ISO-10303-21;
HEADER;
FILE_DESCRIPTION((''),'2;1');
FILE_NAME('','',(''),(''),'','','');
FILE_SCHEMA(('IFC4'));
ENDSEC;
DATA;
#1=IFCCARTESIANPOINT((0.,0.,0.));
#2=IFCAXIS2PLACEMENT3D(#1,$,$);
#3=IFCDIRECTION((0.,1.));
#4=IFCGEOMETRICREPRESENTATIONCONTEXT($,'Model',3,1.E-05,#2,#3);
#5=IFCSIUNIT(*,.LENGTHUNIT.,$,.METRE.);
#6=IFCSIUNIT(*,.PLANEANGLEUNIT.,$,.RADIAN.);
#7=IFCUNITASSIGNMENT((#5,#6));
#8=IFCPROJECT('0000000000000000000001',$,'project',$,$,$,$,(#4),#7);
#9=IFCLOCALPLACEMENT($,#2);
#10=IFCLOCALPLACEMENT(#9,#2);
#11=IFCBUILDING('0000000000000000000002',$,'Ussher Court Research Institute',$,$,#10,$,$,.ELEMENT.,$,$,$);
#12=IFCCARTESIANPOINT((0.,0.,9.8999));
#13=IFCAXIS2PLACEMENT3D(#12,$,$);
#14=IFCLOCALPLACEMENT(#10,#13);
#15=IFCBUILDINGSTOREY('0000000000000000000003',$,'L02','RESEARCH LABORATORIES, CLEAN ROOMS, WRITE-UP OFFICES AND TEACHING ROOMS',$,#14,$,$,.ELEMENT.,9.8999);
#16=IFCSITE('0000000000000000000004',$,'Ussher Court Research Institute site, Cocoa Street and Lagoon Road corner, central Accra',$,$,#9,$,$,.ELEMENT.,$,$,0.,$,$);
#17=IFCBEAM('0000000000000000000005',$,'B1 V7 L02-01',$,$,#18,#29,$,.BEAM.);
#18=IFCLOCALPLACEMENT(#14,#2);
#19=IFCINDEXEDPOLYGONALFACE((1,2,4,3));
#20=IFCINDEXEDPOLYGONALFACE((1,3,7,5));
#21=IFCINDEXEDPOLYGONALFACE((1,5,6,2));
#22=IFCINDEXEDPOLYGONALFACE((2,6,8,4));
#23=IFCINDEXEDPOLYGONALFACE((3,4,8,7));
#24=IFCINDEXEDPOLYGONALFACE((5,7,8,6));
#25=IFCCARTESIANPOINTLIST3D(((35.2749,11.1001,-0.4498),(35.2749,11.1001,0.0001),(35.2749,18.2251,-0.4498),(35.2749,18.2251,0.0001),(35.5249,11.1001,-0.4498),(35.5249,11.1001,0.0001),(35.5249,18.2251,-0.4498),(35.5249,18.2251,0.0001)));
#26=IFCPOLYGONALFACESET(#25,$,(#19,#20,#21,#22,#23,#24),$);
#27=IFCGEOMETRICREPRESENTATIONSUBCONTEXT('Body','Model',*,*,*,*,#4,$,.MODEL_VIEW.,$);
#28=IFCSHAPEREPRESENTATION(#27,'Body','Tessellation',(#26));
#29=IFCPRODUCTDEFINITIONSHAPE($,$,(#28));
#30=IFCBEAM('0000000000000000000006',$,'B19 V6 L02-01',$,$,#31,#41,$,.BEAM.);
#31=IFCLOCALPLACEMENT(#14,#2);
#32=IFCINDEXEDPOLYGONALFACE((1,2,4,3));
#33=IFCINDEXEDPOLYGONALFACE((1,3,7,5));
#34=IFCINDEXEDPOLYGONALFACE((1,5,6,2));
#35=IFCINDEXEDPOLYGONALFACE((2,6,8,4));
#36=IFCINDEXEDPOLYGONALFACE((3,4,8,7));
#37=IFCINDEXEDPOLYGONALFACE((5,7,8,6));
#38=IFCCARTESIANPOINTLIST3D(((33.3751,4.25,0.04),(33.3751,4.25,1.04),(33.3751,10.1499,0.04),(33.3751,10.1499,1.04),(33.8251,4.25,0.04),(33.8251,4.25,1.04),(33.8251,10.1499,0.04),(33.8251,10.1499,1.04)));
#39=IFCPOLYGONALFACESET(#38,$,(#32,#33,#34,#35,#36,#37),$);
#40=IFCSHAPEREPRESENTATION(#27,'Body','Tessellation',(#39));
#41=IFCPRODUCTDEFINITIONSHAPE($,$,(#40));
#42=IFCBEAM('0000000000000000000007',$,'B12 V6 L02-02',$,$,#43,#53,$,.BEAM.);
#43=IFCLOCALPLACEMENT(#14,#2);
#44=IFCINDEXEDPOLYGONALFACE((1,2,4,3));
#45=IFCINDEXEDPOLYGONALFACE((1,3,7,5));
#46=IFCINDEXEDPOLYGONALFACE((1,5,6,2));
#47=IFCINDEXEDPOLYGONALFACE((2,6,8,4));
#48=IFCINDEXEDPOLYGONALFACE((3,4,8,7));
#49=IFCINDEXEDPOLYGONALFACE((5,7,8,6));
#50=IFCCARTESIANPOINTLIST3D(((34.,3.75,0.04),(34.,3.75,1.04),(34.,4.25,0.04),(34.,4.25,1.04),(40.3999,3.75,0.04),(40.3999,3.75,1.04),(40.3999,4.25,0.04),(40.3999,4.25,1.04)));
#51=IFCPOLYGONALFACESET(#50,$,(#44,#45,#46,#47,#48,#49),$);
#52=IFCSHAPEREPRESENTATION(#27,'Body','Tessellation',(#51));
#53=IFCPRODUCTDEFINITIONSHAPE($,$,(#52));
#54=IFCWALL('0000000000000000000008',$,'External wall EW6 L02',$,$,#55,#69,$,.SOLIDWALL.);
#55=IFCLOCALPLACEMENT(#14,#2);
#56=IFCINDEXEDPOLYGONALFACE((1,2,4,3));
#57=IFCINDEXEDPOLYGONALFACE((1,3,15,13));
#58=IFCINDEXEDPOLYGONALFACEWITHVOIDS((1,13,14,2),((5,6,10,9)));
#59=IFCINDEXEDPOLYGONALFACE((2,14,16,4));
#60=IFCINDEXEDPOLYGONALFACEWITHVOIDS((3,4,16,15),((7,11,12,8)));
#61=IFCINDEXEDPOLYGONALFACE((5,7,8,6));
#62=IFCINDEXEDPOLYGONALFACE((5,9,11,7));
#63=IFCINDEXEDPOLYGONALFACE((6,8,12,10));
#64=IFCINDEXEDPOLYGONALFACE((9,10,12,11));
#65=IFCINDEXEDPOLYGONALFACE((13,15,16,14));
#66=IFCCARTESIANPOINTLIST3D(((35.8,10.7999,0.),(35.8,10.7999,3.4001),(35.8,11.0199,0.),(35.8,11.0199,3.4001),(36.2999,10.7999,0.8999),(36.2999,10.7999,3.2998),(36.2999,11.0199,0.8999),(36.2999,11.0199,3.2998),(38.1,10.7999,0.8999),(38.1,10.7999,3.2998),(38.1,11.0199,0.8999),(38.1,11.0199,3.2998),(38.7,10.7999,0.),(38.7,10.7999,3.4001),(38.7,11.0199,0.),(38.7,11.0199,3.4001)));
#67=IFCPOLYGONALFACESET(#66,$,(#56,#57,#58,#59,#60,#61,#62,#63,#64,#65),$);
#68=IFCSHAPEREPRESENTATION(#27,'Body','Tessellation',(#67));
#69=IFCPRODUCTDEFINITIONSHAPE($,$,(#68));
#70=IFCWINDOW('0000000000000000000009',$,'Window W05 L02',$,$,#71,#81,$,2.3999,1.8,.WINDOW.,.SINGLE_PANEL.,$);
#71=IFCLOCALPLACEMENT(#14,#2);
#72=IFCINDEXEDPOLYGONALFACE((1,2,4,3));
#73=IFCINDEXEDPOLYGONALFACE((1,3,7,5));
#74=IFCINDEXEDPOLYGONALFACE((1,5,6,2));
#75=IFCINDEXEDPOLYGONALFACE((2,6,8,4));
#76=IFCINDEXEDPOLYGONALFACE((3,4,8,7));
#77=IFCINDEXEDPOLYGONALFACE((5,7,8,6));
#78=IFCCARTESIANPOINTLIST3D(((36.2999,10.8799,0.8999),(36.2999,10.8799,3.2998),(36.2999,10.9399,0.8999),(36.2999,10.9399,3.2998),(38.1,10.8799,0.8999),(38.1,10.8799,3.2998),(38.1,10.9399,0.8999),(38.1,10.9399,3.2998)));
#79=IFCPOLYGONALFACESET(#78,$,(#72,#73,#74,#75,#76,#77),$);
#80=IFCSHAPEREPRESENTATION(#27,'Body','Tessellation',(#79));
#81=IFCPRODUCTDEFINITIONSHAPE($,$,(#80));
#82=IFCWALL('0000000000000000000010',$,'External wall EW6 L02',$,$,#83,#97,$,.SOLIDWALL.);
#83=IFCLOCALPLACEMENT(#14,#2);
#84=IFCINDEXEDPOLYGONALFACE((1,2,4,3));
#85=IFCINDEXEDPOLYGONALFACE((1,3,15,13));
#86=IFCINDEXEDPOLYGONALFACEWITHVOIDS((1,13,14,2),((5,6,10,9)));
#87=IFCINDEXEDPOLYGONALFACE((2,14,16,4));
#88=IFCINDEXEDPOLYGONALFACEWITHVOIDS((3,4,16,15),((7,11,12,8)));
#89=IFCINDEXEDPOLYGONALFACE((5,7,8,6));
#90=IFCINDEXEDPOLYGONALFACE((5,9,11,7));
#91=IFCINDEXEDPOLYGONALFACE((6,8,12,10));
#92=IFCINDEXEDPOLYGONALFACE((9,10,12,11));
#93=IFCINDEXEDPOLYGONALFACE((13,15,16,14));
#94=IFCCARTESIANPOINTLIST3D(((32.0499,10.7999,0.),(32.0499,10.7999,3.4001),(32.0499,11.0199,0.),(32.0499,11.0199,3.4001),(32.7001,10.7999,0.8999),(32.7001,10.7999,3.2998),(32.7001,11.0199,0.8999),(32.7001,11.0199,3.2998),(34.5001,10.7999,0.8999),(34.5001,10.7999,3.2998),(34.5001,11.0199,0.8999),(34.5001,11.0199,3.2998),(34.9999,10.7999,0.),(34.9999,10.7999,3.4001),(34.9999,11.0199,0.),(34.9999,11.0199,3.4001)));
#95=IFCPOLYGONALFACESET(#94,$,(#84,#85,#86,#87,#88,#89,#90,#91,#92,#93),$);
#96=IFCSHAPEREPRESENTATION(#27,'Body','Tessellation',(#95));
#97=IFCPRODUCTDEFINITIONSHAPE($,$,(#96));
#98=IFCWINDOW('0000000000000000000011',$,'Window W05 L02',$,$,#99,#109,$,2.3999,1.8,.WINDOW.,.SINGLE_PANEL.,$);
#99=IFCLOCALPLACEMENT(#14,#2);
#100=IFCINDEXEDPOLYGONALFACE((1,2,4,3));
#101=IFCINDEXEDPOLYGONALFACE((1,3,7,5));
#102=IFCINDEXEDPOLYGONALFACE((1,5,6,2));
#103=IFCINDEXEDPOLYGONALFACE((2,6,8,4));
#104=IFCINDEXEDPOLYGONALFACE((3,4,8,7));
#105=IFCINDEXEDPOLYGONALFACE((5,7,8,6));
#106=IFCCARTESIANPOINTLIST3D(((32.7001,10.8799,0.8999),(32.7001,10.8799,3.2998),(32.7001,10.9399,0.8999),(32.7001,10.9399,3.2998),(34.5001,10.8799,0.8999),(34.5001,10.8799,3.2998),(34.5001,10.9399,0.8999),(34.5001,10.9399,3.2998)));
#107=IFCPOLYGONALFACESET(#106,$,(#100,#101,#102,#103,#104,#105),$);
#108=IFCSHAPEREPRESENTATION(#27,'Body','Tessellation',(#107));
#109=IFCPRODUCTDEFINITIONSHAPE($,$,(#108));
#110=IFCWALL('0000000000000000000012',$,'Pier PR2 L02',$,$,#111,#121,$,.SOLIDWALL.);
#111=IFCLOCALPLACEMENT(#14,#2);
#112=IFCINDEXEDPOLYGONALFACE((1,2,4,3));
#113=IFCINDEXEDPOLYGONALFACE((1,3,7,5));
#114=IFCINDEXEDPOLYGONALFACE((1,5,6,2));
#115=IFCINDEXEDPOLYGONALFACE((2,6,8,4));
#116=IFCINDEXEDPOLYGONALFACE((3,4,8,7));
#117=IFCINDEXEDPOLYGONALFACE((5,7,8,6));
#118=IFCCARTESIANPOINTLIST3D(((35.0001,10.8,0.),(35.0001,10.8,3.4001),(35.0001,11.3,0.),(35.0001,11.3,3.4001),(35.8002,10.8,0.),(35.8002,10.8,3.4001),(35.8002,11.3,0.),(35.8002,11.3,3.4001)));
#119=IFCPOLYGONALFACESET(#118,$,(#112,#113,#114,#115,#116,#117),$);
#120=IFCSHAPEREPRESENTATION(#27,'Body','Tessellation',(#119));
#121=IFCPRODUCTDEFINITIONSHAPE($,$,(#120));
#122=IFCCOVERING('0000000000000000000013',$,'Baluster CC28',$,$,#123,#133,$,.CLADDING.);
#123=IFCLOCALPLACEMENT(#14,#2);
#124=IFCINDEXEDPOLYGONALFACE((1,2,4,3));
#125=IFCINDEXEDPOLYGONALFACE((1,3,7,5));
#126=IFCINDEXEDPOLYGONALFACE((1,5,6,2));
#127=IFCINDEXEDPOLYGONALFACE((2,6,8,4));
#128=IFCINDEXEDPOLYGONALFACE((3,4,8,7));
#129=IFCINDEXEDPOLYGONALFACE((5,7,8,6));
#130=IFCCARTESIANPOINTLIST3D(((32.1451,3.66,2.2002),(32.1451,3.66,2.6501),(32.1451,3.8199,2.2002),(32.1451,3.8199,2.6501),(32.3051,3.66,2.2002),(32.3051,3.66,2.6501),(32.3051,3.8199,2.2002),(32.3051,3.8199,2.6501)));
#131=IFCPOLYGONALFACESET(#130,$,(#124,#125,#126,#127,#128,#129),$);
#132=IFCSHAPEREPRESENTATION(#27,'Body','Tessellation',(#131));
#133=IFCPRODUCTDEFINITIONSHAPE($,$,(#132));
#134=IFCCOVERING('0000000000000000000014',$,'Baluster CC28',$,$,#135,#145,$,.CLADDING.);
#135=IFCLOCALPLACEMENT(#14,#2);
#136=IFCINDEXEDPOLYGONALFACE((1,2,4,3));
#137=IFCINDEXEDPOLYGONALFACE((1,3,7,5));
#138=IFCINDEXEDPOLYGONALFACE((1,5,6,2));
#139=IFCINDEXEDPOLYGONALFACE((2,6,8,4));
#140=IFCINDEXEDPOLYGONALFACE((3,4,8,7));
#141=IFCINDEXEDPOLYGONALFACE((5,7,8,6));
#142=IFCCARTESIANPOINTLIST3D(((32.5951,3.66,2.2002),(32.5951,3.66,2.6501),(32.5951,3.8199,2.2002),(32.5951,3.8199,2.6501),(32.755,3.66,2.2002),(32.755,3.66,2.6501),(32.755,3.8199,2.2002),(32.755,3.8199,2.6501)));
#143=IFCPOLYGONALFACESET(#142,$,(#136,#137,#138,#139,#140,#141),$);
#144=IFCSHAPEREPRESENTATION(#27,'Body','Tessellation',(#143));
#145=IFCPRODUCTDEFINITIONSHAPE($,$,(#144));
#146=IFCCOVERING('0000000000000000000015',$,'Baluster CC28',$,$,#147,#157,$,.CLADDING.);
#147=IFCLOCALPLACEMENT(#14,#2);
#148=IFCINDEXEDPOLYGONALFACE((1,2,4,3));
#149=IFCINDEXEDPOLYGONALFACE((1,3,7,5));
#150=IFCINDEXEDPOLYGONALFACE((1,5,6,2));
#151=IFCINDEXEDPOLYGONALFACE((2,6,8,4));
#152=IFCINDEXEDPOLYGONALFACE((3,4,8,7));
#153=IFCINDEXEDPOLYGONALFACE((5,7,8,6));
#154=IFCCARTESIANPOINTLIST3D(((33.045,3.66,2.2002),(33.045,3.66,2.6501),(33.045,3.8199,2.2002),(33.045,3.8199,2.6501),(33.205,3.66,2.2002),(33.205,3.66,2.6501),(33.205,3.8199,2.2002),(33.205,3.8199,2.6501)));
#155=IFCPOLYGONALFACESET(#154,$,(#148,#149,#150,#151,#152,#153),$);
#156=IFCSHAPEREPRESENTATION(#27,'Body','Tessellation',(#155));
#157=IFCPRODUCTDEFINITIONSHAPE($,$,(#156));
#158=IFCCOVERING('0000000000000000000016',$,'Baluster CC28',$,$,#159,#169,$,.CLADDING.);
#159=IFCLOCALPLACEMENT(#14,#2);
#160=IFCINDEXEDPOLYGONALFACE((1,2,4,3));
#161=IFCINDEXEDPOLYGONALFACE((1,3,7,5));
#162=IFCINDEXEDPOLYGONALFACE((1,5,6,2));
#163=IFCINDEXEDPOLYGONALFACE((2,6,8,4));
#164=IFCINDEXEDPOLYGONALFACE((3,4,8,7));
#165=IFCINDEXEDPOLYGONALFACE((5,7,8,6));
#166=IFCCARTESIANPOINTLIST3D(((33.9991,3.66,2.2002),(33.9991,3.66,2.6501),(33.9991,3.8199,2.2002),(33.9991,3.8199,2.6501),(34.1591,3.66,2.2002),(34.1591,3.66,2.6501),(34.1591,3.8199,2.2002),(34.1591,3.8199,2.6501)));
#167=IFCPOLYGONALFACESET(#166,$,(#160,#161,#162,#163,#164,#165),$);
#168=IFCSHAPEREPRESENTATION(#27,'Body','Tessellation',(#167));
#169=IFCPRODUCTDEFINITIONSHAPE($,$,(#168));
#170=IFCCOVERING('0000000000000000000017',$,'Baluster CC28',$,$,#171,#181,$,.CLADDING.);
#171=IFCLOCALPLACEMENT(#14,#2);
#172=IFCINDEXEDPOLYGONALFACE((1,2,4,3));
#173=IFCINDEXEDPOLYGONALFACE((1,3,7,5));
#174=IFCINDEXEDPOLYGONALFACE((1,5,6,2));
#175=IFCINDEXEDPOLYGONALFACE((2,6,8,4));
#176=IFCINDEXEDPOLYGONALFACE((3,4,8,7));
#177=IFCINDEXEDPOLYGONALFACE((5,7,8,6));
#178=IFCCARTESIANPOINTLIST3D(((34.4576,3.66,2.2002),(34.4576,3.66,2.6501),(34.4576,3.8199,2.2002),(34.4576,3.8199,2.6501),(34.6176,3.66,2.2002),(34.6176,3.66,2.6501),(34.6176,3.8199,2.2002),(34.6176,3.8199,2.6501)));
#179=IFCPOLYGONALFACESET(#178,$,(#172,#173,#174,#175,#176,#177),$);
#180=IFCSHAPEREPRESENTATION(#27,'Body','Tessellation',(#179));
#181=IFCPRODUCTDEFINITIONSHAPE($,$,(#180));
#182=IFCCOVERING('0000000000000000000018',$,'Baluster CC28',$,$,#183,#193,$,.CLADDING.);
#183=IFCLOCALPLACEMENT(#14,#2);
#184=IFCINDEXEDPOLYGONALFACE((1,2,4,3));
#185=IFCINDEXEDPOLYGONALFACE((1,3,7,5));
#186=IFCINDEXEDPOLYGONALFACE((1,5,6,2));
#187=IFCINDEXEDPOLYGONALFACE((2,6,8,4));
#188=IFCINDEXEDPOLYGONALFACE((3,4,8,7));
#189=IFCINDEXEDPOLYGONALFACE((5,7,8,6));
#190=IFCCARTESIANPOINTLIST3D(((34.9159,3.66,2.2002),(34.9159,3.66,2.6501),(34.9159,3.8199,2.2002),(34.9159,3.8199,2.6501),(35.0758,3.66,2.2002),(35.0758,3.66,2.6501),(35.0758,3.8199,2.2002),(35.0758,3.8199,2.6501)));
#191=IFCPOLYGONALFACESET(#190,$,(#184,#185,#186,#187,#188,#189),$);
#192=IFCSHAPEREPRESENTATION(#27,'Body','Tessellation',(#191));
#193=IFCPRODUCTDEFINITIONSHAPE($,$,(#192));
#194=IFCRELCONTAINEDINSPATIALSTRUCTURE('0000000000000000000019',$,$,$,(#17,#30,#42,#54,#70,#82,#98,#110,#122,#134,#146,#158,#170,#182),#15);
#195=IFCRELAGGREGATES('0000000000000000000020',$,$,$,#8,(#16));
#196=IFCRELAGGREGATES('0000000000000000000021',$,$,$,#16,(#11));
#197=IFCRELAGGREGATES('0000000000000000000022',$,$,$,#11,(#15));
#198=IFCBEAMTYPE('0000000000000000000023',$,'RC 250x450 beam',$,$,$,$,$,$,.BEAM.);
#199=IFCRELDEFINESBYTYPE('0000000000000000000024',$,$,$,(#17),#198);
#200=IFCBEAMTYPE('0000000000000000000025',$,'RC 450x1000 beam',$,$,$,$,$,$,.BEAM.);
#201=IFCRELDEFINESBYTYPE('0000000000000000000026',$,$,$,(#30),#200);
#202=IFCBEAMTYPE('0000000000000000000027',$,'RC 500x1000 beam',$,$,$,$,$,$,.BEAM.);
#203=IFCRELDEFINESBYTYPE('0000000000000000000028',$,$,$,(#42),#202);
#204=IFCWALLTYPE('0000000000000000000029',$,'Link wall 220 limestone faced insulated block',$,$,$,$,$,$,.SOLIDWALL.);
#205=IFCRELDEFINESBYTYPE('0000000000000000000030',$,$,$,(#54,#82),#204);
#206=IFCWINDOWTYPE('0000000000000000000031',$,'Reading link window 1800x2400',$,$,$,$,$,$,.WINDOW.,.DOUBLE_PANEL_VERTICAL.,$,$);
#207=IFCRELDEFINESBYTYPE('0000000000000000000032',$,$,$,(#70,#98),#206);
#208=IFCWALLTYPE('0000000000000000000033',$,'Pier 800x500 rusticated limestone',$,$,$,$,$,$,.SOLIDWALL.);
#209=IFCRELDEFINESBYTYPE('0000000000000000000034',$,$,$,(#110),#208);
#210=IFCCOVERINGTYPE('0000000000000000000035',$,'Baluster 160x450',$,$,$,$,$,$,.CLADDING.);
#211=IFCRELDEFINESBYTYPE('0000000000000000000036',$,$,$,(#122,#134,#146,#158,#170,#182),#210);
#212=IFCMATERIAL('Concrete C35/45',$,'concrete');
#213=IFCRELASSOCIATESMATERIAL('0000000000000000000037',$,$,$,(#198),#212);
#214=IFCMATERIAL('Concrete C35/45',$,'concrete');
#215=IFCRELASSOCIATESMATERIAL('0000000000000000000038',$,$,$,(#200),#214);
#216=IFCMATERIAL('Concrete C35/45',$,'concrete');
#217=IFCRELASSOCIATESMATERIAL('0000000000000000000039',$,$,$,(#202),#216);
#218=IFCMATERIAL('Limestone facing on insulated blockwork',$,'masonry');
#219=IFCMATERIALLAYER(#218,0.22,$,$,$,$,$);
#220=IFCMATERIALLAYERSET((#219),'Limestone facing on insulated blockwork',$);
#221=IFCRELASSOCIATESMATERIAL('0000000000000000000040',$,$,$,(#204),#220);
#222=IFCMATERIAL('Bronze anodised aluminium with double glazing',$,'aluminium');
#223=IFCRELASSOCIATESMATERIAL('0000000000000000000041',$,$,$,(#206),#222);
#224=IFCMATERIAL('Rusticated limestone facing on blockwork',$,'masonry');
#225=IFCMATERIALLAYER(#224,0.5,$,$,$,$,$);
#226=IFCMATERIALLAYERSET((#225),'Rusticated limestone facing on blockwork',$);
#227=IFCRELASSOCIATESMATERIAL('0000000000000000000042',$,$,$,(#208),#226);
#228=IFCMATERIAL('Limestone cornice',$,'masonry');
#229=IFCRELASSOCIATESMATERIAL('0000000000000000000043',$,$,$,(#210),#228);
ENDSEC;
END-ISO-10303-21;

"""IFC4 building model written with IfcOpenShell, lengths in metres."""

from ifc_helpers import new_model, si_unit, direction, frame, frame_2d, origin, origin_2d, place, context, subcontext, project, spatial, rectangle, extrude, material, layer, layer_set, material_profile, profile_set, type_object, element, fill, save


model = new_model("IFC4")

# Units and contexts
model_context = context("Model", 3, precision=1e-05, world=origin(), true_north=direction((0.0, 1.0)))
body_context = subcontext(model_context, "Body", "Model", "MODEL_VIEW")
ifc_project = project(units=[si_unit("LENGTHUNIT", "METRE"), si_unit("PLANEANGLEUNIT", "RADIAN")], contexts=[model_context])

# Site, building, storey
site_placement = place(None, origin())
site = spatial("IfcSite", under=ifc_project, at=site_placement, Name="Ussher Court Research Institute site, Cocoa Street and Lagoon Road corner, central Accra", CompositionType="ELEMENT", RefElevation=0.0)
building_placement = place(site_placement, origin())
building = spatial("IfcBuilding", under=site, at=building_placement, Name="Ussher Court Research Institute", CompositionType="ELEMENT")
storey_placement = place(building_placement, frame((0.0, 0.0, 9.8999)))
storey = spatial("IfcBuildingStorey", under=building, at=storey_placement, Name="L02", Description="RESEARCH LABORATORIES, CLEAN ROOMS, WRITE-UP OFFICES AND TEACHING ROOMS", CompositionType="ELEMENT", Elevation=9.8999)

# Beams
ifc_material_1 = material(Name="Concrete C35/45", Category="concrete")
ifc_material_profile_1 = material_profile(ifc_material_1, rectangle(XDim=0.25, YDim=0.45, at=origin_2d()), Name="RC 250x450")
ifc_profile_set_1 = profile_set([ifc_material_profile_1], Name="Concrete C35/45")
beam_type_1 = type_object("IfcBeamType", Name="RC 250x450 beam", PredefinedType="BEAM", material=ifc_profile_set_1)
beam_1_placement = place(storey_placement, frame((35.3999, 11.1001, -0.2249), z_axis=(0.0, 1.0, 0.0), x_axis=(-1.0, 0.0, 0.0)))
element("IfcBeam", 1, at=beam_1_placement, inside=storey, type_object=beam_type_1, Name="B1 V7 L02-01", PredefinedType="BEAM", context=body_context, shape_type="SweptSolid", body=[
    extrude(rectangle(XDim=0.25, YDim=0.45, at=origin_2d()), origin(), (0.0, 0.0, 1.0), 7.125),
])
ifc_material_2 = material(Name="Concrete C35/45", Category="concrete")
ifc_material_profile_2 = material_profile(ifc_material_2, rectangle(XDim=0.45, YDim=1.0, at=origin_2d()), Name="RC 450x1000")
ifc_profile_set_2 = profile_set([ifc_material_profile_2], Name="Concrete C35/45")
beam_type_2 = type_object("IfcBeamType", Name="RC 450x1000 beam", PredefinedType="BEAM", material=ifc_profile_set_2)
beam_2_placement = place(storey_placement, frame((33.6001, 4.25, 0.54), z_axis=(0.0, 1.0, 0.0), x_axis=(-1.0, 0.0, 0.0)))
element("IfcBeam", 2, at=beam_2_placement, inside=storey, type_object=beam_type_2, Name="B19 V6 L02-01", PredefinedType="BEAM", context=body_context, shape_type="SweptSolid", body=[
    extrude(rectangle(XDim=0.45, YDim=1.0, at=origin_2d()), origin(), (0.0, 0.0, 1.0), 5.8999),
])
ifc_material_3 = material(Name="Concrete C35/45", Category="concrete")
ifc_material_profile_3 = material_profile(ifc_material_3, rectangle(XDim=0.5, YDim=1.0, at=origin_2d()), Name="RC 500x1000")
ifc_profile_set_3 = profile_set([ifc_material_profile_3], Name="Concrete C35/45")
beam_type_3 = type_object("IfcBeamType", Name="RC 500x1000 beam", PredefinedType="BEAM", material=ifc_profile_set_3)
beam_3_placement = place(storey_placement, frame((34.0, 4.0, 0.54), z_axis=(1.0, 0.0, 0.0), x_axis=(0.0, 1.0, 0.0)))
element("IfcBeam", 3, at=beam_3_placement, inside=storey, type_object=beam_type_3, Name="B12 V6 L02-02", PredefinedType="BEAM", context=body_context, shape_type="SweptSolid", body=[
    extrude(rectangle(XDim=0.5, YDim=1.0, at=origin_2d()), origin(), (0.0, 0.0, 1.0), 6.3999),
])

# Walls, openings, windows
ifc_material_4 = material(Name="Limestone facing on insulated blockwork", Category="masonry")
ifc_layer_1 = layer(ifc_material_4, 0.22)
ifc_layer_set_1 = layer_set([ifc_layer_1], Name="Limestone facing on insulated blockwork")
wall_type_1 = type_object("IfcWallType", Name="Link wall 220 limestone faced insulated block", PredefinedType="SOLIDWALL", material=ifc_layer_set_1)
wall_1_placement = place(storey_placement, frame((38.7, 10.9099, 0.0), z_axis=(0.0, 0.0, 1.0), x_axis=(-1.0, 0.0, 0.0)))
wall_1 = element("IfcWall", 4, at=wall_1_placement, inside=storey, type_object=wall_type_1, Name="External wall EW6 L02", PredefinedType="SOLIDWALL", context=body_context, shape_type="SweptSolid", body=[
    extrude(rectangle(XDim=2.8999, YDim=0.22, at=frame_2d((1.45, 0.0))), origin(), (0.0, 0.0, 1.0), 3.4001),
])
opening_1_placement = place(wall_1_placement, frame((0.6001, 0.0, 0.8999)))
opening_1 = element("IfcOpeningElement", 5, at=opening_1_placement, cuts=wall_1, PredefinedType="OPENING", context=body_context, shape_type="SweptSolid", body=[
    extrude(rectangle(XDim=1.8, YDim=2.3999, at=frame_2d((0.8999, 1.2))), frame((0.0, 0.1201, 0.0), z_axis=(0.0, -1.0, 0.0), x_axis=(1.0, 0.0, 0.0)), (0.0, 0.0, 1.0), 0.24),
])
ifc_material_5 = material(Name="Bronze anodised aluminium with double glazing", Category="aluminium")
window_type = type_object("IfcWindowType", Name="Reading link window 1800x2400", PartitioningType="DOUBLE_PANEL_VERTICAL", PredefinedType="WINDOW", material=ifc_material_5)
window_1_placement = place(opening_1_placement, origin())
window_1 = element("IfcWindow", 6, at=window_1_placement, inside=storey, type_object=window_type, Name="Window W05 L02", OverallHeight=2.3999, OverallWidth=1.8, PartitioningType="SINGLE_PANEL", PredefinedType="WINDOW", context=body_context, shape_type="SweptSolid", body=[
    extrude(rectangle(XDim=1.8, YDim=2.3999, at=frame_2d((0.8999, 1.2))), frame((0.0, 0.03, 0.0), z_axis=(0.0, -1.0, 0.0), x_axis=(1.0, 0.0, 0.0)), (0.0, 0.0, 1.0), 0.0601),
])
fill(opening_1, window_1)
wall_2_placement = place(storey_placement, frame((35.0, 10.9099, 0.0), z_axis=(0.0, 0.0, 1.0), x_axis=(-1.0, 0.0, 0.0)))
wall_2 = element("IfcWall", 7, at=wall_2_placement, inside=storey, type_object=wall_type_1, Name="External wall EW6 L02", PredefinedType="SOLIDWALL", context=body_context, shape_type="SweptSolid", body=[
    extrude(rectangle(XDim=2.95, YDim=0.22, at=frame_2d((1.4751, 0.0))), origin(), (0.0, 0.0, 1.0), 3.4001),
])
opening_2_placement = place(wall_2_placement, frame((0.5, 0.0, 0.8999)))
opening_2 = element("IfcOpeningElement", 8, at=opening_2_placement, cuts=wall_2, PredefinedType="OPENING", context=body_context, shape_type="SweptSolid", body=[
    extrude(rectangle(XDim=1.8, YDim=2.3999, at=frame_2d((0.8999, 1.2))), frame((0.0, 0.1201, 0.0), z_axis=(0.0, -1.0, 0.0), x_axis=(1.0, 0.0, 0.0)), (0.0, 0.0, 1.0), 0.24),
])
window_2_placement = place(opening_2_placement, origin())
window_2 = element("IfcWindow", 9, at=window_2_placement, inside=storey, type_object=window_type, Name="Window W05 L02", OverallHeight=2.3999, OverallWidth=1.8, PartitioningType="SINGLE_PANEL", PredefinedType="WINDOW", context=body_context, shape_type="SweptSolid", body=[
    extrude(rectangle(XDim=1.8, YDim=2.3999, at=frame_2d((0.8999, 1.2))), frame((0.0, 0.03, 0.0), z_axis=(0.0, -1.0, 0.0), x_axis=(1.0, 0.0, 0.0)), (0.0, 0.0, 1.0), 0.0601),
])
fill(opening_2, window_2)

# Wall
ifc_material_6 = material(Name="Rusticated limestone facing on blockwork", Category="masonry")
ifc_layer_2 = layer(ifc_material_6, 0.5)
ifc_layer_set_2 = layer_set([ifc_layer_2], Name="Rusticated limestone facing on blockwork")
wall_type_2 = type_object("IfcWallType", Name="Pier 800x500 rusticated limestone", PredefinedType="SOLIDWALL", material=ifc_layer_set_2)
wall_3_placement = place(storey_placement, frame((35.8, 11.05, 0.0), z_axis=(0.0, 0.0, 1.0), x_axis=(-1.0, 0.0, 0.0)))
element("IfcWall", 10, at=wall_3_placement, inside=storey, type_object=wall_type_2, Name="Pier PR2 L02", PredefinedType="SOLIDWALL", context=body_context, shape_type="SweptSolid", body=[
    extrude(rectangle(XDim=0.8, YDim=0.5, at=frame_2d((0.3999, 0.0))), origin(), (0.0, 0.0, 1.0), 3.4001),
])

# Coverings
ifc_material_7 = material(Name="Limestone cornice", Category="masonry")
covering_type_1 = type_object("IfcCoveringType", Name="Baluster 160x450", PredefinedType="CLADDING", material=ifc_material_7)
for number, where, z_axis, x_axis, name in (
    (11, (32.2251, 3.74, 2.2002), (0.0, 0.0, 1.0), (1.0, 0.0, 0.0), "Baluster CC28"),
    (12, (32.675, 3.74, 2.2002), (0.0, 0.0, 1.0), (1.0, 0.0, 0.0), "Baluster CC28"),
    (13, (33.125, 3.74, 2.2002), (0.0, 0.0, 1.0), (1.0, 0.0, 0.0), "Baluster CC28"),
    (14, (34.0791, 3.74, 2.2002), (0.0, 0.0, 1.0), (1.0, 0.0, 0.0), "Baluster CC28"),
    (15, (34.5376, 3.74, 2.2002), (0.0, 0.0, 1.0), (1.0, 0.0, 0.0), "Baluster CC28"),
    (16, (34.9958, 3.74, 2.2002), (0.0, 0.0, 1.0), (1.0, 0.0, 0.0), "Baluster CC28"),
):
    element("IfcCovering", number, at=place(storey_placement, frame(where, z_axis=z_axis, x_axis=x_axis)), inside=storey, type_object=covering_type_1, Name=name, PredefinedType="CLADDING", context=body_context, shape_type="SweptSolid", body=[
        extrude(rectangle(XDim=0.1599, YDim=0.1599, at=origin_2d()), origin(), (0.0, 0.0, 1.0), 0.45),
    ])

save(model, "model.ifc")
